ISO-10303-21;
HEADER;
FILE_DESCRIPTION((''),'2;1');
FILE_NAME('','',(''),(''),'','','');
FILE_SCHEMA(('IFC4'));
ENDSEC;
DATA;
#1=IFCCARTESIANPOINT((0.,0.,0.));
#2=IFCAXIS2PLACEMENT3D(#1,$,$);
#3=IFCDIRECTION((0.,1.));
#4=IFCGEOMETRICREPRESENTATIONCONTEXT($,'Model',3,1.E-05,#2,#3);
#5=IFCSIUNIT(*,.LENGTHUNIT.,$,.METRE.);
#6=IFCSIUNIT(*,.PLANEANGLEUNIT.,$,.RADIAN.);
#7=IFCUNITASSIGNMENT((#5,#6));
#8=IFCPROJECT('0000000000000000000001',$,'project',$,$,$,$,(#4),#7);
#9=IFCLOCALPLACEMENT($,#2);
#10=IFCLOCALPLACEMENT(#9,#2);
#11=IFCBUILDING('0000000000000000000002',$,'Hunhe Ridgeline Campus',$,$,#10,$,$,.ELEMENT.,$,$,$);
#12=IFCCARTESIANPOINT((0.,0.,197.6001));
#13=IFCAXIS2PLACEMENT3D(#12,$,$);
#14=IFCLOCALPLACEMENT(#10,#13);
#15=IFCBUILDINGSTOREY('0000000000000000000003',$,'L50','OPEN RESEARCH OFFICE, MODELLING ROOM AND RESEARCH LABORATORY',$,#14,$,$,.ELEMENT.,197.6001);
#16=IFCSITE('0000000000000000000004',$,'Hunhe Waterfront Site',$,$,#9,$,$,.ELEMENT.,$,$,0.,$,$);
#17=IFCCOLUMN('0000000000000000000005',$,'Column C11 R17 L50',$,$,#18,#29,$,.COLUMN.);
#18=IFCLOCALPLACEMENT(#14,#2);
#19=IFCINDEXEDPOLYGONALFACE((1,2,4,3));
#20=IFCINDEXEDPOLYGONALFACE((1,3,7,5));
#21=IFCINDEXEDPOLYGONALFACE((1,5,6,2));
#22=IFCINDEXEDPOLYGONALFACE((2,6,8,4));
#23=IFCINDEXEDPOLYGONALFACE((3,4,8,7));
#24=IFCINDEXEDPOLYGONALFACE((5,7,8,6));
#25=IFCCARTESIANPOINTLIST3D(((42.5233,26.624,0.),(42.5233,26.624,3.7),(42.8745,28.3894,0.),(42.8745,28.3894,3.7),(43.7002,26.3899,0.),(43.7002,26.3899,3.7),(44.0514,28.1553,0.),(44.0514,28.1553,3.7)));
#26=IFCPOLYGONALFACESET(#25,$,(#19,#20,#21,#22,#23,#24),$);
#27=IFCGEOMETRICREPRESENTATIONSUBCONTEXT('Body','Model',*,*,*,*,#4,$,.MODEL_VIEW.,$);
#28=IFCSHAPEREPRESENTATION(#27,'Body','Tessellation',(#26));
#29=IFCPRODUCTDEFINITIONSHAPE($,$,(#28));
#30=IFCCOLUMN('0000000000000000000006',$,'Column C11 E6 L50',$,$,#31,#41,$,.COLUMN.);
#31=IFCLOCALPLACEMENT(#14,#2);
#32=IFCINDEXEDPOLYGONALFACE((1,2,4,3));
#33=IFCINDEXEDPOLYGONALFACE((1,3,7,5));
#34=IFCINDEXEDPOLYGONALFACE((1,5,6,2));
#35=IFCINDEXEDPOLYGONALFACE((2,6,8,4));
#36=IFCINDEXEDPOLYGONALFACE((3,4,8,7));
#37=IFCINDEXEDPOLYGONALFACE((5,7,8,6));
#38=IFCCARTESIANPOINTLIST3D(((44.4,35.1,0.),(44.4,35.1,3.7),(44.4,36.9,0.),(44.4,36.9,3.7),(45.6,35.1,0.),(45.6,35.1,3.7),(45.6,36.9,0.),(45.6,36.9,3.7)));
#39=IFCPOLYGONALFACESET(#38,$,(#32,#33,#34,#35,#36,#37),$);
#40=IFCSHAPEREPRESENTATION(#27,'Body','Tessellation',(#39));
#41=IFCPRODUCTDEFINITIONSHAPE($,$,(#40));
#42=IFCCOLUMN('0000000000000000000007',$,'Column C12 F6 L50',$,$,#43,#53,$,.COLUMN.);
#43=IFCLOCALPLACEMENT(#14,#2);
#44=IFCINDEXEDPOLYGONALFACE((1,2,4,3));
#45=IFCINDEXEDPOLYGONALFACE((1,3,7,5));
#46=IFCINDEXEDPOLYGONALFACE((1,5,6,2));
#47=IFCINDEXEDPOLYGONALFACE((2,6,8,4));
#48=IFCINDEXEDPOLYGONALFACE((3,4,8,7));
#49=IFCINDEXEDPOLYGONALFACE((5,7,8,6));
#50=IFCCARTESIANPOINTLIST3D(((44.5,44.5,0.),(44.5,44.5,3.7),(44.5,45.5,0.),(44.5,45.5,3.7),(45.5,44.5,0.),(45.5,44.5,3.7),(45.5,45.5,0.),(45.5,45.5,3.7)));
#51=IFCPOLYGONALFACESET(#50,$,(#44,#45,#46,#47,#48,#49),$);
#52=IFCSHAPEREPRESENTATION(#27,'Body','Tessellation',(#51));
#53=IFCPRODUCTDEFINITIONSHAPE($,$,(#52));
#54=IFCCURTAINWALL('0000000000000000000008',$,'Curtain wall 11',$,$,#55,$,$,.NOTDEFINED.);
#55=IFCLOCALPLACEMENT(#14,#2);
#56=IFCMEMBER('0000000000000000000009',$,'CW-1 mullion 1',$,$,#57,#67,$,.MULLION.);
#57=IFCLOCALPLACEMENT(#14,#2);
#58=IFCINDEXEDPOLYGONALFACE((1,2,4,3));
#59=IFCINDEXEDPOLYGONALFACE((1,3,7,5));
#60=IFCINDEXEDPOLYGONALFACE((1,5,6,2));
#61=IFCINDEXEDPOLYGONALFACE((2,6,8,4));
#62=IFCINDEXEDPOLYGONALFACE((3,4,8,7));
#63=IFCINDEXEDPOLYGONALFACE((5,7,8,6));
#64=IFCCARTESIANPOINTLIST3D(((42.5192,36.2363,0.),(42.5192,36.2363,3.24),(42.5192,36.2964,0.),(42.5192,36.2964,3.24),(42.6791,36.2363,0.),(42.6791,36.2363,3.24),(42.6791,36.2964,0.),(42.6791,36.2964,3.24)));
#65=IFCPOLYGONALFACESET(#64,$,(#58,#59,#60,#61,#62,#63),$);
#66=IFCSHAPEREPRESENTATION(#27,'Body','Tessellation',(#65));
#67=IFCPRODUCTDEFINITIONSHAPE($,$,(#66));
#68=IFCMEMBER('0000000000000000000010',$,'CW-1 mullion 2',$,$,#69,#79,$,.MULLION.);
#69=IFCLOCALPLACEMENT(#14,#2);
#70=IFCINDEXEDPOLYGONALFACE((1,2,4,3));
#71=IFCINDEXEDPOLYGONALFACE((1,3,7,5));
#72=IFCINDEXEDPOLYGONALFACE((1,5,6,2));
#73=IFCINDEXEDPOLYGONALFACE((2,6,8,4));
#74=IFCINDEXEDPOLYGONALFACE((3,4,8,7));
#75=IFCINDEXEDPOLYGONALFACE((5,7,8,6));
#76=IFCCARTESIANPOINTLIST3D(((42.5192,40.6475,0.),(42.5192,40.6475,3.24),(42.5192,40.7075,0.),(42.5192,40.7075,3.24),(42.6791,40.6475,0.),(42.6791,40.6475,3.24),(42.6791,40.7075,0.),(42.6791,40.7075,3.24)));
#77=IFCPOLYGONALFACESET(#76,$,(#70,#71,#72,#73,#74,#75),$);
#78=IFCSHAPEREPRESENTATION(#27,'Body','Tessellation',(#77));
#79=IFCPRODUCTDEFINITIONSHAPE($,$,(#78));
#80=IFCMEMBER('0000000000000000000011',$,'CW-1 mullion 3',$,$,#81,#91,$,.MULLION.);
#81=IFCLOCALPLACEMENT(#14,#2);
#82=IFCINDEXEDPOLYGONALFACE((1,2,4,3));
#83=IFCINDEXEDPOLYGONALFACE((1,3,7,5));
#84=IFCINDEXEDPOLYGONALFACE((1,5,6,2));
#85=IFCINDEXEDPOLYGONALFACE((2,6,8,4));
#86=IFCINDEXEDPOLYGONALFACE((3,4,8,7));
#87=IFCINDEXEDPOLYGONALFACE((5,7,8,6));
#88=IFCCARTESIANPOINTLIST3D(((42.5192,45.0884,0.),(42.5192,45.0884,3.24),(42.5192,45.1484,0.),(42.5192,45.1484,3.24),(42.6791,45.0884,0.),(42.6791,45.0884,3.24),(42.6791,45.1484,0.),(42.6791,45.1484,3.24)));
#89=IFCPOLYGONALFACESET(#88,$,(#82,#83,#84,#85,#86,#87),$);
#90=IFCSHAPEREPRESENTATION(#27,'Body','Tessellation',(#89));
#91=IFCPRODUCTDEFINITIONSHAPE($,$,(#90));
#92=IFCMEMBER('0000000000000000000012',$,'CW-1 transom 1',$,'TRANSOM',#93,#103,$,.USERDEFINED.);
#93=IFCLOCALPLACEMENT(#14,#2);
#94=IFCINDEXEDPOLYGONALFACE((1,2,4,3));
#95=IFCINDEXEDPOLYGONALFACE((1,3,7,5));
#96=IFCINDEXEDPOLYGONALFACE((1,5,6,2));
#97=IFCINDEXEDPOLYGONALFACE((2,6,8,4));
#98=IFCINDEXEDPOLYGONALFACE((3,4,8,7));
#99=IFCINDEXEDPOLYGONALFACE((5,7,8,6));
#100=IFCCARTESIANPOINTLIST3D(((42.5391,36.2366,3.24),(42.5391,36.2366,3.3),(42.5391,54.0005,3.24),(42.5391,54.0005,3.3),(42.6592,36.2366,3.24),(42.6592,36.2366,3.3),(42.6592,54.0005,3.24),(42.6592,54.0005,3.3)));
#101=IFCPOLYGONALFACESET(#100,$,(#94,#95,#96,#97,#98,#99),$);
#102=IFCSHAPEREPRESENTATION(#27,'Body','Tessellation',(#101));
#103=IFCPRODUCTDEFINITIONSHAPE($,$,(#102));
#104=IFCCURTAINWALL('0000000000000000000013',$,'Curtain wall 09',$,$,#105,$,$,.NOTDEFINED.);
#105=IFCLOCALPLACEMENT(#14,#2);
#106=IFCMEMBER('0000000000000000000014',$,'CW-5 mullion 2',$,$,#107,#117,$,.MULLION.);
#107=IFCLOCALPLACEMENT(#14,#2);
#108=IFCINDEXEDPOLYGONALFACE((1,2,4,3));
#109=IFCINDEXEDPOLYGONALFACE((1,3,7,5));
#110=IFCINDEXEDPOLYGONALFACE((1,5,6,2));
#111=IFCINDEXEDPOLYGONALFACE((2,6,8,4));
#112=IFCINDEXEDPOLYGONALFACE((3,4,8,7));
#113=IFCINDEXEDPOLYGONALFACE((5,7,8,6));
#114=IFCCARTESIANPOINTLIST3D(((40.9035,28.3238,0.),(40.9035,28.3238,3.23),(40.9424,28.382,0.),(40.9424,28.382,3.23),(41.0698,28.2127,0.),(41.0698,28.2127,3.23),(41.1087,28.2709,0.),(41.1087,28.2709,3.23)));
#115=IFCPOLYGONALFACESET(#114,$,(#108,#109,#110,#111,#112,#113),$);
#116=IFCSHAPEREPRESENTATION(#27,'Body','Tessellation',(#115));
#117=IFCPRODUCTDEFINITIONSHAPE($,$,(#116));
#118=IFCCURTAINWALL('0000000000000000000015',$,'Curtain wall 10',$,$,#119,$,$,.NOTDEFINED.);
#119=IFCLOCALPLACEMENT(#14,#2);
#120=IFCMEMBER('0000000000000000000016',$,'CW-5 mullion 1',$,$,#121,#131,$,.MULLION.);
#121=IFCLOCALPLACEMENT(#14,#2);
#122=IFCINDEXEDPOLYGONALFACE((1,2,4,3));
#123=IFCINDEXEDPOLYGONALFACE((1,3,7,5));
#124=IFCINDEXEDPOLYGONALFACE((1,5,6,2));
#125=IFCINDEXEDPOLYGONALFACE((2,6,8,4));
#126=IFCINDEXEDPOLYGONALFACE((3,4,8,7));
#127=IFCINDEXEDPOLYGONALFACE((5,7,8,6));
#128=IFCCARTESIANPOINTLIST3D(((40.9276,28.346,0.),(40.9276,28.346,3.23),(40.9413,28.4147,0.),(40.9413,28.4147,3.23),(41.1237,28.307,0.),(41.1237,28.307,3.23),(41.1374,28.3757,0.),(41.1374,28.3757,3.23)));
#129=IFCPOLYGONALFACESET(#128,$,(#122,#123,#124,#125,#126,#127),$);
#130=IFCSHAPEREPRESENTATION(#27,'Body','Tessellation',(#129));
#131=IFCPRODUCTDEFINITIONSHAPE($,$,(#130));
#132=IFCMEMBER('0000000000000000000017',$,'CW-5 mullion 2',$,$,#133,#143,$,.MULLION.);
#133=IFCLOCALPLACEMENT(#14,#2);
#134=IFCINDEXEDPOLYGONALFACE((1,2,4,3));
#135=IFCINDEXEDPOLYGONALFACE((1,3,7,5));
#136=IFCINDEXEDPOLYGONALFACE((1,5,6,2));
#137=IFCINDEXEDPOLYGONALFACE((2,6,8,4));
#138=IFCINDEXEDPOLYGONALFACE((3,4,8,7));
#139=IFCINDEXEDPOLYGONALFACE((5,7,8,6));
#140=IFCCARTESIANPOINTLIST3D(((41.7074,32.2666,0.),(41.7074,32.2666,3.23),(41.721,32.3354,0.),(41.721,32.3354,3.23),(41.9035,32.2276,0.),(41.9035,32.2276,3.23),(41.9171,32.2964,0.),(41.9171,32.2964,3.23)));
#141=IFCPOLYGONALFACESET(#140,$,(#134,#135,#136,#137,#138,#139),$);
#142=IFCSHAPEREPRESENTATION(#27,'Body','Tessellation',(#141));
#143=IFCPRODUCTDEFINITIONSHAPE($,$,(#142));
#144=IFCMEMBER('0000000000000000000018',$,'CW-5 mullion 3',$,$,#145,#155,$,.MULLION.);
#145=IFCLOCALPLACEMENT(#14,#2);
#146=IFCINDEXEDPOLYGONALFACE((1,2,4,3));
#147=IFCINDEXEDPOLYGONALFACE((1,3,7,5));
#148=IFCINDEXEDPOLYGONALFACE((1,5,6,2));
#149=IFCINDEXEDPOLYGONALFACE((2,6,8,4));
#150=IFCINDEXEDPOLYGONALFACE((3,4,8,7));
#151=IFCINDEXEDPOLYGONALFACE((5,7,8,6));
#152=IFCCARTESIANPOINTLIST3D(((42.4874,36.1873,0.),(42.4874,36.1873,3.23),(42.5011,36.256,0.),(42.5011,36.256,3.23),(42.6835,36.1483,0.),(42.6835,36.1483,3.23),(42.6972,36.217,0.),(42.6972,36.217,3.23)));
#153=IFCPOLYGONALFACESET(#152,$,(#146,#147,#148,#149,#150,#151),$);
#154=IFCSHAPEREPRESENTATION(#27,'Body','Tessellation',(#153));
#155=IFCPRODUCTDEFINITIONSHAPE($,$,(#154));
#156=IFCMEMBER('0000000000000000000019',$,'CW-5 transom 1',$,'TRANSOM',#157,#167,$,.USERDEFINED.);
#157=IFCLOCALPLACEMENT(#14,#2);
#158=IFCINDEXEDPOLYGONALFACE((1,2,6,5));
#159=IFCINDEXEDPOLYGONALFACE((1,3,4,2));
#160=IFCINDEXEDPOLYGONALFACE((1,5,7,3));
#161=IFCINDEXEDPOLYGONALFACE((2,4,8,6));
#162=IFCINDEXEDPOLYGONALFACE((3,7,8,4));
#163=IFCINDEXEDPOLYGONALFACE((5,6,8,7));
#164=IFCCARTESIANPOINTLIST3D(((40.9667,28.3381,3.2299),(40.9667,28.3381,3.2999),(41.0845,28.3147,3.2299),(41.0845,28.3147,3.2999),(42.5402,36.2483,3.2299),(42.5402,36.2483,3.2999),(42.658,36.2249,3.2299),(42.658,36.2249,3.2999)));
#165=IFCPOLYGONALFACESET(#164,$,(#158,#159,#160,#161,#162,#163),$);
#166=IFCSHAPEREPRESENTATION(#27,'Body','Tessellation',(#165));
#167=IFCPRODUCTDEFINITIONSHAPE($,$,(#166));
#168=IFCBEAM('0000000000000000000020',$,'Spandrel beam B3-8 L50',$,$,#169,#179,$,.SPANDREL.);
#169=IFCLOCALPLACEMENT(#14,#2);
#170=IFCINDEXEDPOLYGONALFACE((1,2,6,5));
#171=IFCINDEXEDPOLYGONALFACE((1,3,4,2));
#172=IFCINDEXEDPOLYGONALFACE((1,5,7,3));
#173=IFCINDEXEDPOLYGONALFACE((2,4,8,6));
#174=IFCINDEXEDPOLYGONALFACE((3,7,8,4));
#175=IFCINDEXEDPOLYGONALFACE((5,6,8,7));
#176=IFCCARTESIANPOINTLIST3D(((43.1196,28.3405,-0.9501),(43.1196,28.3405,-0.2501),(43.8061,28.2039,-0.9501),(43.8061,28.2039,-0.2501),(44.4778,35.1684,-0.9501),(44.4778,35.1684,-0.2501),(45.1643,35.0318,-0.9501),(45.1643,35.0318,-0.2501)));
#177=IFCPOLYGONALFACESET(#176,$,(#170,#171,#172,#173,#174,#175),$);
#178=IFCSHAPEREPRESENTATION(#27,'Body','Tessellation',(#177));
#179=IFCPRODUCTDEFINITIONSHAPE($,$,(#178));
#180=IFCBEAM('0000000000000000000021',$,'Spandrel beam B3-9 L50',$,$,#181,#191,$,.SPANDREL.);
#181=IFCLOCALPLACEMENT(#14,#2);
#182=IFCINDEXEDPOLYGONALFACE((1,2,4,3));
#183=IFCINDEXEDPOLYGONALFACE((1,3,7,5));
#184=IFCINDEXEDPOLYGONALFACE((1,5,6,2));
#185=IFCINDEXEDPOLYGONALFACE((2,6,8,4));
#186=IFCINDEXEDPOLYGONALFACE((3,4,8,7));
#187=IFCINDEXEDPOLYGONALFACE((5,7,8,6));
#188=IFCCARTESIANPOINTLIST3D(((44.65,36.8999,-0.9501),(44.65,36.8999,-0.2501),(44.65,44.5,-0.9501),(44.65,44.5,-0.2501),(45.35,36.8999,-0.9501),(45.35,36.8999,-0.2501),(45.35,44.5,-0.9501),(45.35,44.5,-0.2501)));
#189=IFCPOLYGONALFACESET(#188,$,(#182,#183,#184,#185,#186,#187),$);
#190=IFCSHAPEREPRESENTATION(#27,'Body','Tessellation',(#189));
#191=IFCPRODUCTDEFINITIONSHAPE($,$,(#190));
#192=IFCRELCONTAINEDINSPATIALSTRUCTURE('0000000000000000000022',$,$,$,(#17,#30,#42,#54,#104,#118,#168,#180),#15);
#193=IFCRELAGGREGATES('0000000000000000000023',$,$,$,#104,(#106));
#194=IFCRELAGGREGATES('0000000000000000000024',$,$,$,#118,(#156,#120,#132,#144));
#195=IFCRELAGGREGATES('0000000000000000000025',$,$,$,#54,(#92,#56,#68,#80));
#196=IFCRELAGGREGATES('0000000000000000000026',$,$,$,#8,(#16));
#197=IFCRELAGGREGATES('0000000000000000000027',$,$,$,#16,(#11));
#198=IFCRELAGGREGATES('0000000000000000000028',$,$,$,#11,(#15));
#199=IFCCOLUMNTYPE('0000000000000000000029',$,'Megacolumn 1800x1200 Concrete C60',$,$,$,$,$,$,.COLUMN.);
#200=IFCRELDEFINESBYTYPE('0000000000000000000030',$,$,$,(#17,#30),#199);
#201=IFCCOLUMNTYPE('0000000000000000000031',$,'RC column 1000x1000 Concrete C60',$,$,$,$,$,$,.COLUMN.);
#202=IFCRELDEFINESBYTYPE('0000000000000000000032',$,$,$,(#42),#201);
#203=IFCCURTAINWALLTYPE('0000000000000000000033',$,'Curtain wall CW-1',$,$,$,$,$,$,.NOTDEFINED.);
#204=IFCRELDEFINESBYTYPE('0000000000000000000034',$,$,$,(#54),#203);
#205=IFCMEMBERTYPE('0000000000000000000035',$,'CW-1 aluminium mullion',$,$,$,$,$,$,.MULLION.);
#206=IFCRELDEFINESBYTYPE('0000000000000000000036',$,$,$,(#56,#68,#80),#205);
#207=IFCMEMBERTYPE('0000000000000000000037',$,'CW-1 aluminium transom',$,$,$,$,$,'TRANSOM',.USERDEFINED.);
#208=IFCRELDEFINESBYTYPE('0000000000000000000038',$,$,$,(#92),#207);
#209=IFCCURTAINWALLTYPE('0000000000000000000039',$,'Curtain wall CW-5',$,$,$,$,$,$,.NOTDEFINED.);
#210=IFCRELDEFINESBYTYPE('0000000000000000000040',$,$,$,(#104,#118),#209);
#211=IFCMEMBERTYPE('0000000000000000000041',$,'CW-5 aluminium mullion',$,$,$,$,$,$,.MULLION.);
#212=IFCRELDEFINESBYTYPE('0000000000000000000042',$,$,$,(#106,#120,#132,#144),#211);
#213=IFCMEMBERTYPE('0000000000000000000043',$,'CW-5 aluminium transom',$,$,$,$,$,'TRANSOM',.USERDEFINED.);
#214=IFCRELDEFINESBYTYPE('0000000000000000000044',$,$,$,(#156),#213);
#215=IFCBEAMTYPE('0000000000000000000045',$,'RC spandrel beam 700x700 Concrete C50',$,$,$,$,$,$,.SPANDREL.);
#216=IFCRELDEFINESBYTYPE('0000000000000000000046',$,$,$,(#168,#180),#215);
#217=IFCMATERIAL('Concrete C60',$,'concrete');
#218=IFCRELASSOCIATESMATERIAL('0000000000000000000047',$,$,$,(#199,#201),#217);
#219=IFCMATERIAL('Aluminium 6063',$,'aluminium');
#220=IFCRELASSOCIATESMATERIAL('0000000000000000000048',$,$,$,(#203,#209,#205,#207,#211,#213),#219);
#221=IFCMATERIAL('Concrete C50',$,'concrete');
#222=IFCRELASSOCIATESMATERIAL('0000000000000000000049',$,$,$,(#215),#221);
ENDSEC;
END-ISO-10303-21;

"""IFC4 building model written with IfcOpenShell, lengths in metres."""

from ifc_helpers import new_model, si_unit, direction, frame, origin, origin_2d, place, context, subcontext, project, spatial, rectangle, extrude, material, material_profile, profile_set, type_object, element, aggregate, save


model = new_model("IFC4")

# Units and contexts
model_context = context("Model", 3, precision=1e-05, world=origin(), true_north=direction((0.0, 1.0)))
body_context = subcontext(model_context, "Body", "Model", "MODEL_VIEW")
ifc_project = project(units=[si_unit("LENGTHUNIT", "METRE"), si_unit("PLANEANGLEUNIT", "RADIAN")], contexts=[model_context])

# Site, building, storey
site_placement = place(None, origin())
site = spatial("IfcSite", under=ifc_project, at=site_placement, Name="Hunhe Waterfront Site", CompositionType="ELEMENT", RefElevation=0.0)
building_placement = place(site_placement, origin())
building = spatial("IfcBuilding", under=site, at=building_placement, Name="Hunhe Ridgeline Campus", CompositionType="ELEMENT")
storey_placement = place(building_placement, frame((0.0, 0.0, 197.6001)))
storey = spatial("IfcBuildingStorey", under=building, at=storey_placement, Name="L50", Description="OPEN RESEARCH OFFICE, MODELLING ROOM AND RESEARCH LABORATORY", CompositionType="ELEMENT", Elevation=197.6001)

# Columns
ifc_material_1 = material(Name="Concrete C60", Category="concrete")
ifc_material_profile_1 = material_profile(ifc_material_1, rectangle(XDim=1.8, YDim=1.2, at=origin_2d()))
ifc_profile_set_1 = profile_set([ifc_material_profile_1], Name="Concrete C60")
column_type_1 = type_object("IfcColumnType", Name="Megacolumn 1800x1200 Concrete C60", PredefinedType="COLUMN", material=ifc_profile_set_1)
for number, where, z_axis, x_axis, name in (
    (1, (43.2874, 27.3896, 0.0), (0.0, 0.0, 1.0), (0.19509, 0.980785, 0.0), "Column C11 R17 L50"),
    (2, (45.0, 36.0, 0.0), (0.0, 0.0, 1.0), (0.0, 1.0, 0.0), "Column C11 E6 L50"),
):
    element("IfcColumn", number, at=place(storey_placement, frame(where, z_axis=z_axis, x_axis=x_axis)), inside=storey, type_object=column_type_1, Name=name, PredefinedType="COLUMN", context=body_context, shape_type="SweptSolid", body=[
        extrude(rectangle(XDim=1.8, YDim=1.2, at=origin_2d()), origin(), (0.0, 0.0, 1.0), 3.7),
    ])
ifc_material_profile_2 = material_profile(ifc_material_1, rectangle(XDim=1.0, YDim=1.0, at=origin_2d()))
ifc_profile_set_2 = profile_set([ifc_material_profile_2], Name="Concrete C60")
column_type_2 = type_object("IfcColumnType", Name="RC column 1000x1000 Concrete C60", PredefinedType="COLUMN", material=ifc_profile_set_2)
column_placement = place(storey_placement, frame((45.0, 45.0, 0.0), z_axis=(0.0, 0.0, 1.0), x_axis=(1.0, 0.0, 0.0)))
element("IfcColumn", 3, at=column_placement, inside=storey, type_object=column_type_2, Name="Column C12 F6 L50", PredefinedType="COLUMN", context=body_context, shape_type="SweptSolid", body=[
    extrude(rectangle(XDim=1.0, YDim=1.0, at=origin_2d()), origin(), (0.0, 0.0, 1.0), 3.7),
])

# Curtain wall, members
ifc_material_2 = material(Name="Aluminium 6063", Category="aluminium")
curtain_wall_type_1 = type_object("IfcCurtainWallType", Name="Curtain wall CW-1", PredefinedType="NOTDEFINED", material=ifc_material_2)
curtain_wall_1_placement = place(storey_placement, origin())
curtain_wall_1 = element("IfcCurtainWall", 4, at=curtain_wall_1_placement, inside=storey, type_object=curtain_wall_type_1, Name="Curtain wall 11", PredefinedType="NOTDEFINED")
ifc_material_profile_3 = material_profile(ifc_material_2, rectangle(XDim=0.1599, YDim=0.0601, at=origin_2d()))
ifc_profile_set_3 = profile_set([ifc_material_profile_3], Name="Aluminium 6063")
member_type_1 = type_object("IfcMemberType", Name="CW-1 aluminium mullion", PredefinedType="MULLION", material=ifc_profile_set_3)
member_1_placement = place(storey_placement, frame((42.5991, 36.2664, 0.0), z_axis=(0.0, 0.0, 1.0), x_axis=(-1.0, 0.000007, 0.0)))
member_1 = element("IfcMember", 5, at=member_1_placement, type_object=member_type_1, Name="CW-1 mullion 1", PredefinedType="MULLION", context=body_context, shape_type="SweptSolid", body=[
    extrude(rectangle(XDim=0.1599, YDim=0.0601, at=origin_2d()), origin(), (0.0, 0.0, 1.0), 3.24),
])
member_2_placement = place(storey_placement, frame((42.5991, 40.6775, 0.0), z_axis=(0.0, 0.0, 1.0), x_axis=(-1.0, 0.000007, 0.0)))
member_2 = element("IfcMember", 6, at=member_2_placement, type_object=member_type_1, Name="CW-1 mullion 2", PredefinedType="MULLION", context=body_context, shape_type="SweptSolid", body=[
    extrude(rectangle(XDim=0.1599, YDim=0.0601, at=origin_2d()), origin(), (0.0, 0.0, 1.0), 3.24),
])
member_3_placement = place(storey_placement, frame((42.5991, 45.1184, 0.0), z_axis=(0.0, 0.0, 1.0), x_axis=(-1.0, 0.000007, 0.0)))
member_3 = element("IfcMember", 7, at=member_3_placement, type_object=member_type_1, Name="CW-1 mullion 3", PredefinedType="MULLION", context=body_context, shape_type="SweptSolid", body=[
    extrude(rectangle(XDim=0.1599, YDim=0.0601, at=origin_2d()), origin(), (0.0, 0.0, 1.0), 3.24),
])
ifc_material_profile_4 = material_profile(ifc_material_2, rectangle(XDim=0.1201, YDim=0.0601, at=origin_2d()))
ifc_profile_set_4 = profile_set([ifc_material_profile_4], Name="Aluminium 6063")
member_type_2 = type_object("IfcMemberType", Name="CW-1 aluminium transom", ElementType="TRANSOM", PredefinedType="USERDEFINED", material=ifc_profile_set_4)
member_4_placement = place(storey_placement, frame((42.5991, 36.2366, 3.27), z_axis=(0.0, 1.0, 0.0), x_axis=(-1.0, 0.0, 0.0)))
member_4 = element("IfcMember", 8, at=member_4_placement, type_object=member_type_2, Name="CW-1 transom 1", ObjectType="TRANSOM", PredefinedType="USERDEFINED", context=body_context, shape_type="SweptSolid", body=[
    extrude(rectangle(XDim=0.1201, YDim=0.0601, at=origin_2d()), origin(), (0.0, 0.0, 1.0), 17.7639),
])

# Curtain wall, member
curtain_wall_type_2 = type_object("IfcCurtainWallType", Name="Curtain wall CW-5", PredefinedType="NOTDEFINED", material=ifc_material_2)
curtain_wall_2_placement = place(storey_placement, origin())
curtain_wall_2 = element("IfcCurtainWall", 9, at=curtain_wall_2_placement, inside=storey, type_object=curtain_wall_type_2, Name="Curtain wall 09", PredefinedType="NOTDEFINED")
ifc_material_profile_5 = material_profile(ifc_material_2, rectangle(XDim=0.2, YDim=0.0701, at=origin_2d()))
ifc_profile_set_5 = profile_set([ifc_material_profile_5], Name="Aluminium 6063")
member_type_3 = type_object("IfcMemberType", Name="CW-5 aluminium mullion", PredefinedType="MULLION", material=ifc_profile_set_5)
member_5_placement = place(storey_placement, frame((41.0061, 28.2974, 0.0), z_axis=(0.0, 0.0, 1.0), x_axis=(-0.83147, 0.55557, 0.0)))
member_5 = element("IfcMember", 10, at=member_5_placement, type_object=member_type_3, Name="CW-5 mullion 2", PredefinedType="MULLION", context=body_context, shape_type="SweptSolid", body=[
    extrude(rectangle(XDim=0.2, YDim=0.0701, at=origin_2d()), origin(), (0.0, 0.0, 1.0), 3.23),
])

# Curtain wall, members
curtain_wall_3_placement = place(storey_placement, origin())
curtain_wall_3 = element("IfcCurtainWall", 11, at=curtain_wall_3_placement, inside=storey, type_object=curtain_wall_type_2, Name="Curtain wall 10", PredefinedType="NOTDEFINED")
member_6_placement = place(storey_placement, frame((41.0325, 28.3608, 0.0), z_axis=(0.0, 0.0, 1.0), x_axis=(-0.980785, 0.19509, 0.0)))
member_6 = element("IfcMember", 12, at=member_6_placement, type_object=member_type_3, Name="CW-5 mullion 1", PredefinedType="MULLION", context=body_context, shape_type="SweptSolid", body=[
    extrude(rectangle(XDim=0.2, YDim=0.0701, at=origin_2d()), origin(), (0.0, 0.0, 1.0), 3.23),
])
member_7_placement = place(storey_placement, frame((41.8123, 32.2815, 0.0), z_axis=(0.0, 0.0, 1.0), x_axis=(-0.980785, 0.19509, 0.0)))
member_7 = element("IfcMember", 13, at=member_7_placement, type_object=member_type_3, Name="CW-5 mullion 2", PredefinedType="MULLION", context=body_context, shape_type="SweptSolid", body=[
    extrude(rectangle(XDim=0.2, YDim=0.0701, at=origin_2d()), origin(), (0.0, 0.0, 1.0), 3.23),
])
member_8_placement = place(storey_placement, frame((42.5923, 36.2021, 0.0), z_axis=(0.0, 0.0, 1.0), x_axis=(-0.980785, 0.19509, 0.0)))
member_8 = element("IfcMember", 14, at=member_8_placement, type_object=member_type_3, Name="CW-5 mullion 3", PredefinedType="MULLION", context=body_context, shape_type="SweptSolid", body=[
    extrude(rectangle(XDim=0.2, YDim=0.0701, at=origin_2d()), origin(), (0.0, 0.0, 1.0), 3.23),
])
ifc_material_profile_6 = material_profile(ifc_material_2, rectangle(XDim=0.1201, YDim=0.0701, at=origin_2d()))
ifc_profile_set_6 = profile_set([ifc_material_profile_6], Name="Aluminium 6063")
member_type_4 = type_object("IfcMemberType", Name="CW-5 aluminium transom", ElementType="TRANSOM", PredefinedType="USERDEFINED", material=ifc_profile_set_6)
member_9_placement = place(storey_placement, frame((41.0256, 28.3264, 3.2649), z_axis=(0.195097, 0.980784, 0.0), x_axis=(-0.980784, 0.195097, 0.0)))
member_9 = element("IfcMember", 15, at=member_9_placement, type_object=member_type_4, Name="CW-5 transom 1", ObjectType="TRANSOM", PredefinedType="USERDEFINED", context=body_context, shape_type="SweptSolid", body=[
    extrude(rectangle(XDim=0.1201, YDim=0.0701, at=origin_2d()), origin(), (0.0, 0.0, 1.0), 8.0652),
])

# Beams
ifc_material_3 = material(Name="Concrete C50", Category="concrete")
ifc_material_profile_7 = material_profile(ifc_material_3, rectangle(XDim=0.7, YDim=0.7, at=origin_2d()))
ifc_profile_set_7 = profile_set([ifc_material_profile_7], Name="Concrete C50")
beam_type = type_object("IfcBeamType", Name="RC spandrel beam 700x700 Concrete C50", PredefinedType="SPANDREL", material=ifc_profile_set_7)
beam_1_placement = place(storey_placement, frame((43.4629, 28.2722, -0.6001), z_axis=(0.195091, 0.980785, 0.0), x_axis=(-0.980785, 0.195091, 0.0)))
element("IfcBeam", 16, at=beam_1_placement, inside=storey, type_object=beam_type, Name="Spandrel beam B3-8 L50", PredefinedType="SPANDREL", context=body_context, shape_type="SweptSolid", body=[
    extrude(rectangle(XDim=0.7, YDim=0.7, at=origin_2d()), origin(), (0.0, 0.0, 1.0), 6.9617),
])
beam_2_placement = place(storey_placement, frame((45.0, 36.8999, -0.6001), z_axis=(0.0, 1.0, 0.0), x_axis=(-1.0, 0.0, 0.0)))
element("IfcBeam", 17, at=beam_2_placement, inside=storey, type_object=beam_type, Name="Spandrel beam B3-9 L50", PredefinedType="SPANDREL", context=body_context, shape_type="SweptSolid", body=[
    extrude(rectangle(XDim=0.7, YDim=0.7, at=origin_2d()), origin(), (0.0, 0.0, 1.0), 7.6001),
])

aggregate(curtain_wall_2, [member_5])
aggregate(curtain_wall_3, [member_9, member_6, member_7, member_8])
aggregate(curtain_wall_1, [member_4, member_1, member_2, member_3])

save(model, "model.ifc")
